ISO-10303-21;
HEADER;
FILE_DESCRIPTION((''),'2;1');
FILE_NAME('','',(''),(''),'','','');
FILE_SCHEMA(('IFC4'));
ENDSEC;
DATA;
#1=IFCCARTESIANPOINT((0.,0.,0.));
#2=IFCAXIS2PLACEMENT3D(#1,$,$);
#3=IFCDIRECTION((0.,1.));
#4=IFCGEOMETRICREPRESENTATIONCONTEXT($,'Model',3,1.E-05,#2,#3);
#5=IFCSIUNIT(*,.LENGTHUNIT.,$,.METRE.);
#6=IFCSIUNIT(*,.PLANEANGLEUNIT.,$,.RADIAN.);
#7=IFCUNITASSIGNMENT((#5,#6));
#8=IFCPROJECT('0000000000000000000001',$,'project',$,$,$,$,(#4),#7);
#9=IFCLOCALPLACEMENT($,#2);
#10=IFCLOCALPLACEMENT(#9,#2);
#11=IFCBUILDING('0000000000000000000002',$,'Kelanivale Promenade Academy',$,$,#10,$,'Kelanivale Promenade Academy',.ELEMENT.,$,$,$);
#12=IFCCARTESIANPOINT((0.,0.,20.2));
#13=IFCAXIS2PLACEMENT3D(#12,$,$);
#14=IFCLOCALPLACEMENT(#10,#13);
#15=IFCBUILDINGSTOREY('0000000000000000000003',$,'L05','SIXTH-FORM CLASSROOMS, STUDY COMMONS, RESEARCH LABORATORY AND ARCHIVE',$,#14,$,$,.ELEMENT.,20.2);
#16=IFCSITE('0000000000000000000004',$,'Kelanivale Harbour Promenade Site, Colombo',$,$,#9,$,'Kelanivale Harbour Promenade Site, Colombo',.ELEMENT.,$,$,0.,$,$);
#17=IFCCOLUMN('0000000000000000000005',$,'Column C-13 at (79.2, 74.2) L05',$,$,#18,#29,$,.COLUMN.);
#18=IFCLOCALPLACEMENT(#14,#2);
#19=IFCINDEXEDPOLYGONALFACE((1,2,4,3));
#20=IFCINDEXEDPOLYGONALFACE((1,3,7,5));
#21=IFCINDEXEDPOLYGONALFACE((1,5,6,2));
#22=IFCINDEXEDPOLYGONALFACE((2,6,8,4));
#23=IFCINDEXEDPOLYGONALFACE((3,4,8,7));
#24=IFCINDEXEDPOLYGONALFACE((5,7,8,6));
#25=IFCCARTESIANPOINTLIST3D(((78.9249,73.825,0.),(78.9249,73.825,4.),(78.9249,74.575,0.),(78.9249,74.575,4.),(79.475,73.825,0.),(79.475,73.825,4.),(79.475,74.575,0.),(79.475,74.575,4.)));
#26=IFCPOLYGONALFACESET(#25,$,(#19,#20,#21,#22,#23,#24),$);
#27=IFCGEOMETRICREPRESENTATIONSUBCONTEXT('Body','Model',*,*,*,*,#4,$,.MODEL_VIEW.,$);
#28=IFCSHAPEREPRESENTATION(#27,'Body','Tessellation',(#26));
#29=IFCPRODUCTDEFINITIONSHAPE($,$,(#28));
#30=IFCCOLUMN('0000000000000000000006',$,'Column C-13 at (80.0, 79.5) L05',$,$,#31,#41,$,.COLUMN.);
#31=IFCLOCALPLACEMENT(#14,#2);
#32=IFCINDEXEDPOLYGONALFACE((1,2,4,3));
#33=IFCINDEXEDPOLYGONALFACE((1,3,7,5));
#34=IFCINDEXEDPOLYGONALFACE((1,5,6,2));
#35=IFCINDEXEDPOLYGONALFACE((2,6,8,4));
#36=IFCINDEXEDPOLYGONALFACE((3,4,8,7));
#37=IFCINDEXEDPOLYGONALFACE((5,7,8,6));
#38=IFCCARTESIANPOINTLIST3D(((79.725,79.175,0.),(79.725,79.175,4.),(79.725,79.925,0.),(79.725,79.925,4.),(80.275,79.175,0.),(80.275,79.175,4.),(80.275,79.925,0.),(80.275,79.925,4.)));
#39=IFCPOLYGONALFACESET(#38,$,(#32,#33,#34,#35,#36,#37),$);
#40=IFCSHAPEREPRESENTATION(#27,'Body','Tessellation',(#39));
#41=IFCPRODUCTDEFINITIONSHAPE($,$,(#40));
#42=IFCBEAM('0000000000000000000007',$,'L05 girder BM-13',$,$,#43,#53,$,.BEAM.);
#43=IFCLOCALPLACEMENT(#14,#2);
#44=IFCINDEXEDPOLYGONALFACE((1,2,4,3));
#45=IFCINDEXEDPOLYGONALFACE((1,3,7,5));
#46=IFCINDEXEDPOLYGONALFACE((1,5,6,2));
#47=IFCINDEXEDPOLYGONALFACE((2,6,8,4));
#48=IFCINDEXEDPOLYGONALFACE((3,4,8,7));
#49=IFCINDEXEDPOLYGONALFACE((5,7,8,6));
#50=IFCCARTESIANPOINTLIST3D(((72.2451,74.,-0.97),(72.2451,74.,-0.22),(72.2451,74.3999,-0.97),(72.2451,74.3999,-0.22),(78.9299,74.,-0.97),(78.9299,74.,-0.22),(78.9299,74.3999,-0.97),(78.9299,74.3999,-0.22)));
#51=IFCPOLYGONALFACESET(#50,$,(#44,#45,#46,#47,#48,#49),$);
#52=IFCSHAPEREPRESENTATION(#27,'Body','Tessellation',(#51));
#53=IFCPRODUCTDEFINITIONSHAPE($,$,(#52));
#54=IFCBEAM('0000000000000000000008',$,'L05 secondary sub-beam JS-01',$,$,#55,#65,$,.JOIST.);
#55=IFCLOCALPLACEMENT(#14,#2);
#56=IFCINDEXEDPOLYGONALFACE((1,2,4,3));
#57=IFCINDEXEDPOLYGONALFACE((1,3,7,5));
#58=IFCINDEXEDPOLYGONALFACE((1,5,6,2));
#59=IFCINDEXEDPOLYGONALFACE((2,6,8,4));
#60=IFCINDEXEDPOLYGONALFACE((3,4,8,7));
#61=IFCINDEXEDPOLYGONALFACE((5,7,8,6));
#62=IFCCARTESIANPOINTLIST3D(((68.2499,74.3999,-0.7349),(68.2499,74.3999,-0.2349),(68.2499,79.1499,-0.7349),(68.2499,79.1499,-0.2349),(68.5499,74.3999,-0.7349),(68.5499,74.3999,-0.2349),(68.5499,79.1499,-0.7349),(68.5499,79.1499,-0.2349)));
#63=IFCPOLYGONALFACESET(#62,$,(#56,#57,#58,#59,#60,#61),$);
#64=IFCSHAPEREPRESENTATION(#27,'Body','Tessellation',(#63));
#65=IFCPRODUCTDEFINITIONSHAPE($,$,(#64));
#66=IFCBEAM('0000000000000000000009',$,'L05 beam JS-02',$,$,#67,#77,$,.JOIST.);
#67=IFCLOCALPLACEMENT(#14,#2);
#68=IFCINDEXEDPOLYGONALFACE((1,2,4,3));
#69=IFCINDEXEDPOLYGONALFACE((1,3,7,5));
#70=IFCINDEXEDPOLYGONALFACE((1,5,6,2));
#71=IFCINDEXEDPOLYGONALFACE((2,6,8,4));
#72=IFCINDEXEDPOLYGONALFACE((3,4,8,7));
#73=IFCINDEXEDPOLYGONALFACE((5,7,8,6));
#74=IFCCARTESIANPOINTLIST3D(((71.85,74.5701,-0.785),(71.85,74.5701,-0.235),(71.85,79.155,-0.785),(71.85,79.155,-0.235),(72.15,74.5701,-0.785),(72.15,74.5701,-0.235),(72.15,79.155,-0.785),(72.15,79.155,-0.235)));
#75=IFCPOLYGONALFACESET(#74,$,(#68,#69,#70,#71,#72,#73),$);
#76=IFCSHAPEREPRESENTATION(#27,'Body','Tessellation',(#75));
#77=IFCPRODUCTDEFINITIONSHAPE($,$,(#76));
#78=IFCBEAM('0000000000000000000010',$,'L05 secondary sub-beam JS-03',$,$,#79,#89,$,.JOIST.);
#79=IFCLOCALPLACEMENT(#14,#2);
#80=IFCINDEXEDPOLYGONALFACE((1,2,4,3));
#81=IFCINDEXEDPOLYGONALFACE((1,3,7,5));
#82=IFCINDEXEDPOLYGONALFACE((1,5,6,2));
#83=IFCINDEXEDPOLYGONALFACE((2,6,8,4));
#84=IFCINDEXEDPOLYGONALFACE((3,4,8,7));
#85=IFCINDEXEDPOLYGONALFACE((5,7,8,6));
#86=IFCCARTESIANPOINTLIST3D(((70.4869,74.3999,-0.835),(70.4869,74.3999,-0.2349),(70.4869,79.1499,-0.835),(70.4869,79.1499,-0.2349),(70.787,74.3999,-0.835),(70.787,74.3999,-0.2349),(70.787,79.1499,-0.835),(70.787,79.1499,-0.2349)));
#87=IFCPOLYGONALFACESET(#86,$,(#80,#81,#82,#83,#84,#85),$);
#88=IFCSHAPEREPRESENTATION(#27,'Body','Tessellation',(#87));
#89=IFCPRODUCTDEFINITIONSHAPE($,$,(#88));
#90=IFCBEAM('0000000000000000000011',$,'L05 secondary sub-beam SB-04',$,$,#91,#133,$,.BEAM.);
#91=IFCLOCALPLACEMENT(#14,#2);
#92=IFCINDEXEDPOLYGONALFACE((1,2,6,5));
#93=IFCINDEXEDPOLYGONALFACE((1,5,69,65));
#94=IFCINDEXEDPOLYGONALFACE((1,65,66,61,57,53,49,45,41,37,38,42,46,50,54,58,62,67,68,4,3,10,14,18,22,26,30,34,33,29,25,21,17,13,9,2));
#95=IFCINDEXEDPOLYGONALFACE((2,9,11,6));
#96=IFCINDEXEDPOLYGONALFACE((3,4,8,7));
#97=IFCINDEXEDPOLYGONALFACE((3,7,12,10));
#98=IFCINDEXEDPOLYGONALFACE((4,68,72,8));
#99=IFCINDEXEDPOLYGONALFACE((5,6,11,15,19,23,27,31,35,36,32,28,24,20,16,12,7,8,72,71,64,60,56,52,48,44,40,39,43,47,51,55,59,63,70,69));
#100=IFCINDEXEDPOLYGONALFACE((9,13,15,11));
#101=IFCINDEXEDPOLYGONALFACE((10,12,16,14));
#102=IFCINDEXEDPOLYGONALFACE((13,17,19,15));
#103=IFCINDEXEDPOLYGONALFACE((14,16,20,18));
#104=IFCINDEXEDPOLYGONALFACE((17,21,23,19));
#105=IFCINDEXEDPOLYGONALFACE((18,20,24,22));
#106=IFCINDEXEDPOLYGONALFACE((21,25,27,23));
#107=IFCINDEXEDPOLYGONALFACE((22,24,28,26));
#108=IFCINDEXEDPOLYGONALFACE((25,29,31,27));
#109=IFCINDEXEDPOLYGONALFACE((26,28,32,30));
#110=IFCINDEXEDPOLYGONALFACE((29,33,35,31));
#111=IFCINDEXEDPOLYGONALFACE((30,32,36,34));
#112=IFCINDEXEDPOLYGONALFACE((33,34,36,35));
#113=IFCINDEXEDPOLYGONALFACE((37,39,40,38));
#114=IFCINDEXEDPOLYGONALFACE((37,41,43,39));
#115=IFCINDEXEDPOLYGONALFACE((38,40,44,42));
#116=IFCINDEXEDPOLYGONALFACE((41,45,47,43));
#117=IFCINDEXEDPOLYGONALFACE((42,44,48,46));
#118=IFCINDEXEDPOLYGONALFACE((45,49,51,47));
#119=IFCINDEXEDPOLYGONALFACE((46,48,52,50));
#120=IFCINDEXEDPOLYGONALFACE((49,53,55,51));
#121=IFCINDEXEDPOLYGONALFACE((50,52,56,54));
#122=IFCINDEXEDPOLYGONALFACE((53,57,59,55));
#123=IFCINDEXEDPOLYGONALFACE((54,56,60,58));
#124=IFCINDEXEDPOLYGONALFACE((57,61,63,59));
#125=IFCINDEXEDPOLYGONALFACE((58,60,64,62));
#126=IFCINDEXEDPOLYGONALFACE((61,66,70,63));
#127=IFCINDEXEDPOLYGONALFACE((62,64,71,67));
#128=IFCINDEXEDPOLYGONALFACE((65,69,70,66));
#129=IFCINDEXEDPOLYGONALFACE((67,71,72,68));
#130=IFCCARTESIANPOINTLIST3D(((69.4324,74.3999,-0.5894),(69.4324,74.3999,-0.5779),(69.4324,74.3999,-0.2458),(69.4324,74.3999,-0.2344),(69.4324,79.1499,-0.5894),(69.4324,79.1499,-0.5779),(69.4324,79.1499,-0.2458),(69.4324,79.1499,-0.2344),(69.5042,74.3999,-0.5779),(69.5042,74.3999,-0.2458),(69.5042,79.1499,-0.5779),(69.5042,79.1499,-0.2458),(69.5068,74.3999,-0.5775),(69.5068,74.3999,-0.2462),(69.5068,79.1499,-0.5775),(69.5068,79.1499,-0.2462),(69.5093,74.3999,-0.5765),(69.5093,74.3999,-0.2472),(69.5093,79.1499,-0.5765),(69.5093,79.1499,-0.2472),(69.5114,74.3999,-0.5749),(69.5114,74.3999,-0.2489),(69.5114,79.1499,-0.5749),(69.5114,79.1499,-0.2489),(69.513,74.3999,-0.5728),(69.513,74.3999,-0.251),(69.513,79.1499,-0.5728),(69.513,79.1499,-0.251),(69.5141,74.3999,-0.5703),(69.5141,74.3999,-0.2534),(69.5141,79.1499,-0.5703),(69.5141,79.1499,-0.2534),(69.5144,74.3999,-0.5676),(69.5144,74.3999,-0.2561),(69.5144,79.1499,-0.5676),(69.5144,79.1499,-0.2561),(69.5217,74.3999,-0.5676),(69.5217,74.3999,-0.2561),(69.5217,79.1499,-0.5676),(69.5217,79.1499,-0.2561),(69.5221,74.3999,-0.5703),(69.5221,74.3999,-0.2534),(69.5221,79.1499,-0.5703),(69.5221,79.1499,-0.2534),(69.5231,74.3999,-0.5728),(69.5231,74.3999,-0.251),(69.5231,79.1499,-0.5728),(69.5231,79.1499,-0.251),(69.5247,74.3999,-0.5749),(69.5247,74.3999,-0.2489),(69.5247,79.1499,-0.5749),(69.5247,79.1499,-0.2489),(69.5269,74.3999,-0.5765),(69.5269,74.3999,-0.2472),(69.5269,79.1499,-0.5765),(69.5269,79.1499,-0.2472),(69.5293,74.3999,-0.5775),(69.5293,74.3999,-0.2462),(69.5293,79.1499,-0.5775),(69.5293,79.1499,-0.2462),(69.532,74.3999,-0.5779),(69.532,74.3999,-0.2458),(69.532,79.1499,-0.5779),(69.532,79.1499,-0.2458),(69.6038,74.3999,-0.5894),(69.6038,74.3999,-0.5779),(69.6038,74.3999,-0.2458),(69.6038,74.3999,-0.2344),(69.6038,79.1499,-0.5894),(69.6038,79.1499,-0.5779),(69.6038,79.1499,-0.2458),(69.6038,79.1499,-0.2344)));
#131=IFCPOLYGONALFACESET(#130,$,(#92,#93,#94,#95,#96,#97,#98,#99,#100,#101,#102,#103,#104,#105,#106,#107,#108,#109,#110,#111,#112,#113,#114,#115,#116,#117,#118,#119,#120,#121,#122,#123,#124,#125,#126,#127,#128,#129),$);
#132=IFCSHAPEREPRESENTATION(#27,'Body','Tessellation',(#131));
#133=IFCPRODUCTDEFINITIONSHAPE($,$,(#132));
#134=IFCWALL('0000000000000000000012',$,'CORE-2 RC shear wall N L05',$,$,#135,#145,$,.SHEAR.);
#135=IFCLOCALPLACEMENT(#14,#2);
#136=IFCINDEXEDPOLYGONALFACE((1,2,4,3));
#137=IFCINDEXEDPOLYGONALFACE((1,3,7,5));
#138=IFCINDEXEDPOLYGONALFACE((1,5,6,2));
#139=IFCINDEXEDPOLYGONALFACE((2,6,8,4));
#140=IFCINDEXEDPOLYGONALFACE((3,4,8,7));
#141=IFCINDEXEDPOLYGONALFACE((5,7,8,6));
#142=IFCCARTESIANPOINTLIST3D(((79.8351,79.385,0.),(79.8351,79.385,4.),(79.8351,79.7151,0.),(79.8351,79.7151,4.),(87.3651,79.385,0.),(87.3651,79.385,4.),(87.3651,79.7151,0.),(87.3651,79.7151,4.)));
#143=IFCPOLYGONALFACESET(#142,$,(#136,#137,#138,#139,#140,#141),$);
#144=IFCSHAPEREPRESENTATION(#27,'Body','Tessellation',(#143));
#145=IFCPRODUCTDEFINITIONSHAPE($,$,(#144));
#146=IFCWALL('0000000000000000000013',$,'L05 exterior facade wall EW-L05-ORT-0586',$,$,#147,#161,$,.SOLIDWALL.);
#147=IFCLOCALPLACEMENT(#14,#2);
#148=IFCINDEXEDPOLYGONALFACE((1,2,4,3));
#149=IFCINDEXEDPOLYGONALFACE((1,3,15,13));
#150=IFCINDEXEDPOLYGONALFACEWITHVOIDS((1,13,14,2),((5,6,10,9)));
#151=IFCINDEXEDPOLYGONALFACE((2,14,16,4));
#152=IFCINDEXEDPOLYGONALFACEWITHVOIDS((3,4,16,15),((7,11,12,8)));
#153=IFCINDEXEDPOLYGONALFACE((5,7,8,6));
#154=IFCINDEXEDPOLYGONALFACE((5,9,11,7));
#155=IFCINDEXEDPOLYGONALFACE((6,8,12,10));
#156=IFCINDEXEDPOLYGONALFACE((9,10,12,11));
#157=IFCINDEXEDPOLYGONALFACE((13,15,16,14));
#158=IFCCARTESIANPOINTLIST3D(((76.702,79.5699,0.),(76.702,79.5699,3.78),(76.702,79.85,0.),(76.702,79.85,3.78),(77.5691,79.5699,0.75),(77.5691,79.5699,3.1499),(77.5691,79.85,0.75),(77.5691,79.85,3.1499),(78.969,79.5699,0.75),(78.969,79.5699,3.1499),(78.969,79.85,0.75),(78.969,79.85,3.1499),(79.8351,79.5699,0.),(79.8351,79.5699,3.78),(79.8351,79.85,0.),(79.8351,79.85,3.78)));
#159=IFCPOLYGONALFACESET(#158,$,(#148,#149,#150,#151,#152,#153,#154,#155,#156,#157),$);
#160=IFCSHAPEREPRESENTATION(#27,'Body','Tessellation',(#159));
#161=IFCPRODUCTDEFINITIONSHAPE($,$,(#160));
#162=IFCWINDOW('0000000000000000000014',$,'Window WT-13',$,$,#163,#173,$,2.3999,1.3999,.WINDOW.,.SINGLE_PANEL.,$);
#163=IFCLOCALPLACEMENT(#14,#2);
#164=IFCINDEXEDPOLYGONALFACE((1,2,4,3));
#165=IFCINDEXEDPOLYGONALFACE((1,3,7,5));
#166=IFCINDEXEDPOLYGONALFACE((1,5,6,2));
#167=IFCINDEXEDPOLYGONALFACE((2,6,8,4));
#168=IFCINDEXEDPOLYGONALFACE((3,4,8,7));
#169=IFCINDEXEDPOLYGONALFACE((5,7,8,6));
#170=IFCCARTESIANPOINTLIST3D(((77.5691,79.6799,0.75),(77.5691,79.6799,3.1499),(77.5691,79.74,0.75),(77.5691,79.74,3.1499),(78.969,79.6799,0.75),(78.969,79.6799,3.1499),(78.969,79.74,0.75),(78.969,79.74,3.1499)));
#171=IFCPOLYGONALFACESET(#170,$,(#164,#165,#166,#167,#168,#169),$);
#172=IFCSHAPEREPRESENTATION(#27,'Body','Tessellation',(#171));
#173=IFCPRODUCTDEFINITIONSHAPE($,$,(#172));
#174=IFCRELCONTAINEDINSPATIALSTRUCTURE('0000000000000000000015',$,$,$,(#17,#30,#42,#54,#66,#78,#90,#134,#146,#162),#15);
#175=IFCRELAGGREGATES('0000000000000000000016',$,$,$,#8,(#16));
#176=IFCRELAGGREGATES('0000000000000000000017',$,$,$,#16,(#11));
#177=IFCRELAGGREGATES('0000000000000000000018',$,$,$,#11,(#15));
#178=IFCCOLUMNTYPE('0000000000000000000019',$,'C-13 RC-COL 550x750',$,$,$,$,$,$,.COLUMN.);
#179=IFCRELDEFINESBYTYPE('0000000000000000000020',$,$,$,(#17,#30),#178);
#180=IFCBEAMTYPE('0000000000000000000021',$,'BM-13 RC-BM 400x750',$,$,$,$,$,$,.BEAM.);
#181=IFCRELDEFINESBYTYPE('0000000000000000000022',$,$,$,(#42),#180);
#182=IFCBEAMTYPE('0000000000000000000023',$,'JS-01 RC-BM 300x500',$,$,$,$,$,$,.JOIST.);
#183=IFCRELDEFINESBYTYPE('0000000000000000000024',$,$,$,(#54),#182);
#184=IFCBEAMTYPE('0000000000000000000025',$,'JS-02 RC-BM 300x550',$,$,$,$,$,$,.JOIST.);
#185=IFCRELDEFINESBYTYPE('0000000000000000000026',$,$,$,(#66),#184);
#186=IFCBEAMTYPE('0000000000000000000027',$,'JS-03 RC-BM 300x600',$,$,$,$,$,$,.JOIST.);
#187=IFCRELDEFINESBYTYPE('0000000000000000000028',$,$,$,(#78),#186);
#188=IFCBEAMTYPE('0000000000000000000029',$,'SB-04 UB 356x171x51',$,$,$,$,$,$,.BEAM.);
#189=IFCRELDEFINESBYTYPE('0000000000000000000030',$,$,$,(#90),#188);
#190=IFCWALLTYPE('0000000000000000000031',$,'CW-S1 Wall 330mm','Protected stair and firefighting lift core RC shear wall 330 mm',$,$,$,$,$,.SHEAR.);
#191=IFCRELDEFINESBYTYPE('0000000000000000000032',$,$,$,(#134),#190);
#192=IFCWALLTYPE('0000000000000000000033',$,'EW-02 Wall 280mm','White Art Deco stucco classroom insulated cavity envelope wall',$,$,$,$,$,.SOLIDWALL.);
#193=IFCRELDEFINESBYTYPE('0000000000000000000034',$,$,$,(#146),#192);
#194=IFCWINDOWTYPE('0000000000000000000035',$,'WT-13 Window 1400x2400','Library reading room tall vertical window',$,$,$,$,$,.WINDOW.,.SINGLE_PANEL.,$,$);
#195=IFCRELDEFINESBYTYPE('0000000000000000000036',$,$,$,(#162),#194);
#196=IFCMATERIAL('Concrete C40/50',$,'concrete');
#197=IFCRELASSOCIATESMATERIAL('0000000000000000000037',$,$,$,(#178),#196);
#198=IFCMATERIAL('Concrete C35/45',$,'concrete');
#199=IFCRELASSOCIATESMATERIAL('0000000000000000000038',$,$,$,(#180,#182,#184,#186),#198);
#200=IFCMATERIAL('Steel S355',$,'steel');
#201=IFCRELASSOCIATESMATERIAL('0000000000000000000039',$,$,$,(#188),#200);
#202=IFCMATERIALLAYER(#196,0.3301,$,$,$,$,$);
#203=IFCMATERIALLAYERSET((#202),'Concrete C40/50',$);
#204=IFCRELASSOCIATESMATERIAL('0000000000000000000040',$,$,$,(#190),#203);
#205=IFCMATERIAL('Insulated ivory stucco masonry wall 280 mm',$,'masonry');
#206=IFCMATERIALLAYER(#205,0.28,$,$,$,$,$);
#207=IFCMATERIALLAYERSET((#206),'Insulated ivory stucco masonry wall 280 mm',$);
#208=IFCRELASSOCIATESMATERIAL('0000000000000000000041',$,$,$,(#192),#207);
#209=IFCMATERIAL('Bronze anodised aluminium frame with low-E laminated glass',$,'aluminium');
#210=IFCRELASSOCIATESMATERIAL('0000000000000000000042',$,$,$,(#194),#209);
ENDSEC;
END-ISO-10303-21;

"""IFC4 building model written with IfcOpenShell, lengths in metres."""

from ifc_helpers import new_model, si_unit, direction, frame, frame_2d, origin, origin_2d, place, context, subcontext, project, spatial, rectangle, i_section, extrude, material, layer, layer_set, material_profile, profile_set, type_object, element, fill, save


model = new_model("IFC4")

# Units and contexts
model_context = context("Model", 3, precision=1e-05, world=origin(), true_north=direction((0.0, 1.0)))
body_context = subcontext(model_context, "Body", "Model", "MODEL_VIEW")
ifc_project = project(units=[si_unit("LENGTHUNIT", "METRE"), si_unit("PLANEANGLEUNIT", "RADIAN")], contexts=[model_context])

# Site, building, storey
site_placement = place(None, origin())
site = spatial("IfcSite", under=ifc_project, at=site_placement, Name="Kelanivale Harbour Promenade Site, Colombo", LongName="Kelanivale Harbour Promenade Site, Colombo", CompositionType="ELEMENT", RefElevation=0.0)
building_placement = place(site_placement, origin())
building = spatial("IfcBuilding", under=site, at=building_placement, Name="Kelanivale Promenade Academy", LongName="Kelanivale Promenade Academy", CompositionType="ELEMENT")
storey_placement = place(building_placement, frame((0.0, 0.0, 20.2)))
storey = spatial("IfcBuildingStorey", under=building, at=storey_placement, Name="L05", Description="SIXTH-FORM CLASSROOMS, STUDY COMMONS, RESEARCH LABORATORY AND ARCHIVE", CompositionType="ELEMENT", Elevation=20.2)

# Columns
ifc_material_1 = material(Name="Concrete C40/50", Category="concrete")
ifc_material_profile_1 = material_profile(ifc_material_1, rectangle(XDim=0.55, YDim=0.75, at=origin_2d()), Name="RC-COL 550x750")
ifc_profile_set_1 = profile_set([ifc_material_profile_1], Name="Concrete C40/50")
column_type = type_object("IfcColumnType", Name="C-13 RC-COL 550x750", PredefinedType="COLUMN", material=ifc_profile_set_1)
for number, where, z_axis, x_axis, name in (
    (1, (79.2, 74.2, 0.0), (0.0, 0.0, 1.0), (1.0, 0.0, 0.0), "Column C-13 at (79.2, 74.2) L05"),
    (2, (80.0, 79.55, 0.0), (0.0, 0.0, 1.0), (1.0, 0.0, 0.0), "Column C-13 at (80.0, 79.5) L05"),
):
    element("IfcColumn", number, at=place(storey_placement, frame(where, z_axis=z_axis, x_axis=x_axis)), inside=storey, type_object=column_type, Name=name, PredefinedType="COLUMN", context=body_context, shape_type="SweptSolid", body=[
        extrude(rectangle(XDim=0.55, YDim=0.75, at=origin_2d()), origin(), (0.0, 0.0, 1.0), 4.0),
    ])

# Beams
ifc_material_2 = material(Name="Concrete C35/45", Category="concrete")
ifc_material_profile_2 = material_profile(ifc_material_2, rectangle(XDim=0.3999, YDim=0.75, at=origin_2d()), Name="RC-BM 400x750")
ifc_profile_set_2 = profile_set([ifc_material_profile_2], Name="Concrete C35/45")
beam_type_1 = type_object("IfcBeamType", Name="BM-13 RC-BM 400x750", PredefinedType="BEAM", material=ifc_profile_set_2)
beam_1_placement = place(storey_placement, frame((72.2451, 74.2, -0.595), z_axis=(1.0, 0.0, 0.0), x_axis=(0.0, 1.0, 0.0)))
element("IfcBeam", 3, at=beam_1_placement, inside=storey, type_object=beam_type_1, Name="L05 girder BM-13", PredefinedType="BEAM", context=body_context, shape_type="SweptSolid", body=[
    extrude(rectangle(XDim=0.3999, YDim=0.75, at=origin_2d()), origin(), (0.0, 0.0, 1.0), 6.6848),
])
ifc_material_profile_3 = material_profile(ifc_material_2, rectangle(XDim=0.3, YDim=0.5, at=origin_2d()), Name="RC-BM 300x500")
ifc_profile_set_3 = profile_set([ifc_material_profile_3], Name="Concrete C35/45")
beam_type_2 = type_object("IfcBeamType", Name="JS-01 RC-BM 300x500", PredefinedType="JOIST", material=ifc_profile_set_3)
beam_2_placement = place(storey_placement, frame((68.3999, 74.3999, -0.4849), z_axis=(0.0, 1.0, 0.0), x_axis=(-1.0, 0.0, 0.0)))
element("IfcBeam", 4, at=beam_2_placement, inside=storey, type_object=beam_type_2, Name="L05 secondary sub-beam JS-01", PredefinedType="JOIST", context=body_context, shape_type="SweptSolid", body=[
    extrude(rectangle(XDim=0.3, YDim=0.5, at=origin_2d()), origin(), (0.0, 0.0, 1.0), 4.75),
])
ifc_material_profile_4 = material_profile(ifc_material_2, rectangle(XDim=0.3, YDim=0.55, at=origin_2d()), Name="RC-BM 300x550")
ifc_profile_set_4 = profile_set([ifc_material_profile_4], Name="Concrete C35/45")
beam_type_3 = type_object("IfcBeamType", Name="JS-02 RC-BM 300x550", PredefinedType="JOIST", material=ifc_profile_set_4)
beam_3_placement = place(storey_placement, frame((72.0, 74.5701, -0.51), z_axis=(0.0, 1.0, 0.0), x_axis=(-1.0, 0.0, 0.0)))
element("IfcBeam", 5, at=beam_3_placement, inside=storey, type_object=beam_type_3, Name="L05 beam JS-02", PredefinedType="JOIST", context=body_context, shape_type="SweptSolid", body=[
    extrude(rectangle(XDim=0.3, YDim=0.55, at=origin_2d()), origin(), (0.0, 0.0, 1.0), 4.585),
])
ifc_material_profile_5 = material_profile(ifc_material_2, rectangle(XDim=0.3, YDim=0.6001, at=origin_2d()), Name="RC-BM 300x600")
ifc_profile_set_5 = profile_set([ifc_material_profile_5], Name="Concrete C35/45")
beam_type_4 = type_object("IfcBeamType", Name="JS-03 RC-BM 300x600", PredefinedType="JOIST", material=ifc_profile_set_5)
beam_4_placement = place(storey_placement, frame((70.637, 74.3999, -0.5349), z_axis=(0.0, 1.0, 0.0), x_axis=(-1.0, 0.0, 0.0)))
element("IfcBeam", 6, at=beam_4_placement, inside=storey, type_object=beam_type_4, Name="L05 secondary sub-beam JS-03", PredefinedType="JOIST", context=body_context, shape_type="SweptSolid", body=[
    extrude(rectangle(XDim=0.3, YDim=0.6001, at=origin_2d()), origin(), (0.0, 0.0, 1.0), 4.75),
])
ifc_material_3 = material(Name="Steel S355", Category="steel")
ifc_material_profile_6 = material_profile(ifc_material_3, i_section(OverallWidth=0.1714, OverallDepth=0.355, WebThickness=0.0073, FlangeThickness=0.0115, FilletRadius=0.0103, at=origin_2d()), Name="UB 356x171x51")
ifc_profile_set_6 = profile_set([ifc_material_profile_6], Name="Steel S355")
beam_type_5 = type_object("IfcBeamType", Name="SB-04 UB 356x171x51", PredefinedType="BEAM", material=ifc_profile_set_6)
beam_5_placement = place(storey_placement, frame((69.5181, 74.3999, -0.4119), z_axis=(0.0, 1.0, 0.0), x_axis=(-1.0, 0.0, 0.0)))
element("IfcBeam", 7, at=beam_5_placement, inside=storey, type_object=beam_type_5, Name="L05 secondary sub-beam SB-04", PredefinedType="BEAM", context=body_context, shape_type="SweptSolid", body=[
    extrude(i_section(OverallWidth=0.1714, OverallDepth=0.355, WebThickness=0.0073, FlangeThickness=0.0115, FilletRadius=0.0103, at=origin_2d()), origin(), (0.0, 0.0, 1.0), 4.75),
])

# Wall
ifc_layer_1 = layer(ifc_material_1, 0.3301)
ifc_layer_set_1 = layer_set([ifc_layer_1], Name="Concrete C40/50")
wall_type_1 = type_object("IfcWallType", Name="CW-S1 Wall 330mm", Description="Protected stair and firefighting lift core RC shear wall 330 mm", PredefinedType="SHEAR", material=ifc_layer_set_1)
wall_1_placement = place(storey_placement, frame((79.835, 79.55, 0.0), z_axis=(0.0, 0.0, 1.0), x_axis=(1.0, 0.0, 0.0)))
element("IfcWall", 8, at=wall_1_placement, inside=storey, type_object=wall_type_1, Name="CORE-2 RC shear wall N L05", PredefinedType="SHEAR", context=body_context, shape_type="SweptSolid", body=[
    extrude(rectangle(XDim=7.53, YDim=0.3301, at=frame_2d((3.7651, 0.0))), origin(), (0.0, 0.0, 1.0), 4.0),
])

# Wall, opening, window
ifc_material_4 = material(Name="Insulated ivory stucco masonry wall 280 mm", Category="masonry")
ifc_layer_2 = layer(ifc_material_4, 0.28)
ifc_layer_set_2 = layer_set([ifc_layer_2], Name="Insulated ivory stucco masonry wall 280 mm")
wall_type_2 = type_object("IfcWallType", Name="EW-02 Wall 280mm", Description="White Art Deco stucco classroom insulated cavity envelope wall", PredefinedType="SOLIDWALL", material=ifc_layer_set_2)
wall_2_placement = place(storey_placement, frame((79.835, 79.71, 0.0), z_axis=(0.0, 0.0, 1.0), x_axis=(-1.0, 0.0, 0.0)))
wall_2 = element("IfcWall", 9, at=wall_2_placement, inside=storey, type_object=wall_type_2, Name="L05 exterior facade wall EW-L05-ORT-0586", PredefinedType="SOLIDWALL", context=body_context, shape_type="SweptSolid", body=[
    extrude(rectangle(XDim=3.1331, YDim=0.28, at=frame_2d((1.5664, 0.0))), origin(), (0.0, 0.0, 1.0), 3.78),
])
opening_1_placement = place(wall_2_placement, frame((0.866, 0.0, 0.75)))
opening_1 = element("IfcOpeningElement", 10, at=opening_1_placement, cuts=wall_2, PredefinedType="OPENING", context=body_context, shape_type="SweptSolid", body=[
    extrude(rectangle(XDim=1.3999, YDim=2.3999, at=frame_2d((0.7, 1.2))), frame((0.0, 0.1499, 0.0), z_axis=(0.0, -1.0, 0.0), x_axis=(1.0, 0.0, 0.0)), (0.0, 0.0, 1.0), 0.3),
])
ifc_material_5 = material(Name="Bronze anodised aluminium frame with low-E laminated glass", Category="aluminium")
window_type_1 = type_object("IfcWindowType", Name="WT-13 Window 1400x2400", Description="Library reading room tall vertical window", PartitioningType="SINGLE_PANEL", PredefinedType="WINDOW", material=ifc_material_5)
window_1_placement = place(opening_1_placement, origin())
window_1 = element("IfcWindow", 11, at=window_1_placement, inside=storey, type_object=window_type_1, Name="Window WT-13", OverallHeight=2.3999, OverallWidth=1.3999, PartitioningType="SINGLE_PANEL", PredefinedType="WINDOW", context=body_context, shape_type="SweptSolid", body=[
    extrude(rectangle(XDim=1.3999, YDim=2.3999, at=frame_2d((0.7, 1.2))), frame((0.0, 0.03, 0.0), z_axis=(0.0, -1.0, 0.0), x_axis=(1.0, 0.0, 0.0)), (0.0, 0.0, 1.0), 0.0601),
])
fill(opening_1, window_1)

save(model, "model.ifc")
